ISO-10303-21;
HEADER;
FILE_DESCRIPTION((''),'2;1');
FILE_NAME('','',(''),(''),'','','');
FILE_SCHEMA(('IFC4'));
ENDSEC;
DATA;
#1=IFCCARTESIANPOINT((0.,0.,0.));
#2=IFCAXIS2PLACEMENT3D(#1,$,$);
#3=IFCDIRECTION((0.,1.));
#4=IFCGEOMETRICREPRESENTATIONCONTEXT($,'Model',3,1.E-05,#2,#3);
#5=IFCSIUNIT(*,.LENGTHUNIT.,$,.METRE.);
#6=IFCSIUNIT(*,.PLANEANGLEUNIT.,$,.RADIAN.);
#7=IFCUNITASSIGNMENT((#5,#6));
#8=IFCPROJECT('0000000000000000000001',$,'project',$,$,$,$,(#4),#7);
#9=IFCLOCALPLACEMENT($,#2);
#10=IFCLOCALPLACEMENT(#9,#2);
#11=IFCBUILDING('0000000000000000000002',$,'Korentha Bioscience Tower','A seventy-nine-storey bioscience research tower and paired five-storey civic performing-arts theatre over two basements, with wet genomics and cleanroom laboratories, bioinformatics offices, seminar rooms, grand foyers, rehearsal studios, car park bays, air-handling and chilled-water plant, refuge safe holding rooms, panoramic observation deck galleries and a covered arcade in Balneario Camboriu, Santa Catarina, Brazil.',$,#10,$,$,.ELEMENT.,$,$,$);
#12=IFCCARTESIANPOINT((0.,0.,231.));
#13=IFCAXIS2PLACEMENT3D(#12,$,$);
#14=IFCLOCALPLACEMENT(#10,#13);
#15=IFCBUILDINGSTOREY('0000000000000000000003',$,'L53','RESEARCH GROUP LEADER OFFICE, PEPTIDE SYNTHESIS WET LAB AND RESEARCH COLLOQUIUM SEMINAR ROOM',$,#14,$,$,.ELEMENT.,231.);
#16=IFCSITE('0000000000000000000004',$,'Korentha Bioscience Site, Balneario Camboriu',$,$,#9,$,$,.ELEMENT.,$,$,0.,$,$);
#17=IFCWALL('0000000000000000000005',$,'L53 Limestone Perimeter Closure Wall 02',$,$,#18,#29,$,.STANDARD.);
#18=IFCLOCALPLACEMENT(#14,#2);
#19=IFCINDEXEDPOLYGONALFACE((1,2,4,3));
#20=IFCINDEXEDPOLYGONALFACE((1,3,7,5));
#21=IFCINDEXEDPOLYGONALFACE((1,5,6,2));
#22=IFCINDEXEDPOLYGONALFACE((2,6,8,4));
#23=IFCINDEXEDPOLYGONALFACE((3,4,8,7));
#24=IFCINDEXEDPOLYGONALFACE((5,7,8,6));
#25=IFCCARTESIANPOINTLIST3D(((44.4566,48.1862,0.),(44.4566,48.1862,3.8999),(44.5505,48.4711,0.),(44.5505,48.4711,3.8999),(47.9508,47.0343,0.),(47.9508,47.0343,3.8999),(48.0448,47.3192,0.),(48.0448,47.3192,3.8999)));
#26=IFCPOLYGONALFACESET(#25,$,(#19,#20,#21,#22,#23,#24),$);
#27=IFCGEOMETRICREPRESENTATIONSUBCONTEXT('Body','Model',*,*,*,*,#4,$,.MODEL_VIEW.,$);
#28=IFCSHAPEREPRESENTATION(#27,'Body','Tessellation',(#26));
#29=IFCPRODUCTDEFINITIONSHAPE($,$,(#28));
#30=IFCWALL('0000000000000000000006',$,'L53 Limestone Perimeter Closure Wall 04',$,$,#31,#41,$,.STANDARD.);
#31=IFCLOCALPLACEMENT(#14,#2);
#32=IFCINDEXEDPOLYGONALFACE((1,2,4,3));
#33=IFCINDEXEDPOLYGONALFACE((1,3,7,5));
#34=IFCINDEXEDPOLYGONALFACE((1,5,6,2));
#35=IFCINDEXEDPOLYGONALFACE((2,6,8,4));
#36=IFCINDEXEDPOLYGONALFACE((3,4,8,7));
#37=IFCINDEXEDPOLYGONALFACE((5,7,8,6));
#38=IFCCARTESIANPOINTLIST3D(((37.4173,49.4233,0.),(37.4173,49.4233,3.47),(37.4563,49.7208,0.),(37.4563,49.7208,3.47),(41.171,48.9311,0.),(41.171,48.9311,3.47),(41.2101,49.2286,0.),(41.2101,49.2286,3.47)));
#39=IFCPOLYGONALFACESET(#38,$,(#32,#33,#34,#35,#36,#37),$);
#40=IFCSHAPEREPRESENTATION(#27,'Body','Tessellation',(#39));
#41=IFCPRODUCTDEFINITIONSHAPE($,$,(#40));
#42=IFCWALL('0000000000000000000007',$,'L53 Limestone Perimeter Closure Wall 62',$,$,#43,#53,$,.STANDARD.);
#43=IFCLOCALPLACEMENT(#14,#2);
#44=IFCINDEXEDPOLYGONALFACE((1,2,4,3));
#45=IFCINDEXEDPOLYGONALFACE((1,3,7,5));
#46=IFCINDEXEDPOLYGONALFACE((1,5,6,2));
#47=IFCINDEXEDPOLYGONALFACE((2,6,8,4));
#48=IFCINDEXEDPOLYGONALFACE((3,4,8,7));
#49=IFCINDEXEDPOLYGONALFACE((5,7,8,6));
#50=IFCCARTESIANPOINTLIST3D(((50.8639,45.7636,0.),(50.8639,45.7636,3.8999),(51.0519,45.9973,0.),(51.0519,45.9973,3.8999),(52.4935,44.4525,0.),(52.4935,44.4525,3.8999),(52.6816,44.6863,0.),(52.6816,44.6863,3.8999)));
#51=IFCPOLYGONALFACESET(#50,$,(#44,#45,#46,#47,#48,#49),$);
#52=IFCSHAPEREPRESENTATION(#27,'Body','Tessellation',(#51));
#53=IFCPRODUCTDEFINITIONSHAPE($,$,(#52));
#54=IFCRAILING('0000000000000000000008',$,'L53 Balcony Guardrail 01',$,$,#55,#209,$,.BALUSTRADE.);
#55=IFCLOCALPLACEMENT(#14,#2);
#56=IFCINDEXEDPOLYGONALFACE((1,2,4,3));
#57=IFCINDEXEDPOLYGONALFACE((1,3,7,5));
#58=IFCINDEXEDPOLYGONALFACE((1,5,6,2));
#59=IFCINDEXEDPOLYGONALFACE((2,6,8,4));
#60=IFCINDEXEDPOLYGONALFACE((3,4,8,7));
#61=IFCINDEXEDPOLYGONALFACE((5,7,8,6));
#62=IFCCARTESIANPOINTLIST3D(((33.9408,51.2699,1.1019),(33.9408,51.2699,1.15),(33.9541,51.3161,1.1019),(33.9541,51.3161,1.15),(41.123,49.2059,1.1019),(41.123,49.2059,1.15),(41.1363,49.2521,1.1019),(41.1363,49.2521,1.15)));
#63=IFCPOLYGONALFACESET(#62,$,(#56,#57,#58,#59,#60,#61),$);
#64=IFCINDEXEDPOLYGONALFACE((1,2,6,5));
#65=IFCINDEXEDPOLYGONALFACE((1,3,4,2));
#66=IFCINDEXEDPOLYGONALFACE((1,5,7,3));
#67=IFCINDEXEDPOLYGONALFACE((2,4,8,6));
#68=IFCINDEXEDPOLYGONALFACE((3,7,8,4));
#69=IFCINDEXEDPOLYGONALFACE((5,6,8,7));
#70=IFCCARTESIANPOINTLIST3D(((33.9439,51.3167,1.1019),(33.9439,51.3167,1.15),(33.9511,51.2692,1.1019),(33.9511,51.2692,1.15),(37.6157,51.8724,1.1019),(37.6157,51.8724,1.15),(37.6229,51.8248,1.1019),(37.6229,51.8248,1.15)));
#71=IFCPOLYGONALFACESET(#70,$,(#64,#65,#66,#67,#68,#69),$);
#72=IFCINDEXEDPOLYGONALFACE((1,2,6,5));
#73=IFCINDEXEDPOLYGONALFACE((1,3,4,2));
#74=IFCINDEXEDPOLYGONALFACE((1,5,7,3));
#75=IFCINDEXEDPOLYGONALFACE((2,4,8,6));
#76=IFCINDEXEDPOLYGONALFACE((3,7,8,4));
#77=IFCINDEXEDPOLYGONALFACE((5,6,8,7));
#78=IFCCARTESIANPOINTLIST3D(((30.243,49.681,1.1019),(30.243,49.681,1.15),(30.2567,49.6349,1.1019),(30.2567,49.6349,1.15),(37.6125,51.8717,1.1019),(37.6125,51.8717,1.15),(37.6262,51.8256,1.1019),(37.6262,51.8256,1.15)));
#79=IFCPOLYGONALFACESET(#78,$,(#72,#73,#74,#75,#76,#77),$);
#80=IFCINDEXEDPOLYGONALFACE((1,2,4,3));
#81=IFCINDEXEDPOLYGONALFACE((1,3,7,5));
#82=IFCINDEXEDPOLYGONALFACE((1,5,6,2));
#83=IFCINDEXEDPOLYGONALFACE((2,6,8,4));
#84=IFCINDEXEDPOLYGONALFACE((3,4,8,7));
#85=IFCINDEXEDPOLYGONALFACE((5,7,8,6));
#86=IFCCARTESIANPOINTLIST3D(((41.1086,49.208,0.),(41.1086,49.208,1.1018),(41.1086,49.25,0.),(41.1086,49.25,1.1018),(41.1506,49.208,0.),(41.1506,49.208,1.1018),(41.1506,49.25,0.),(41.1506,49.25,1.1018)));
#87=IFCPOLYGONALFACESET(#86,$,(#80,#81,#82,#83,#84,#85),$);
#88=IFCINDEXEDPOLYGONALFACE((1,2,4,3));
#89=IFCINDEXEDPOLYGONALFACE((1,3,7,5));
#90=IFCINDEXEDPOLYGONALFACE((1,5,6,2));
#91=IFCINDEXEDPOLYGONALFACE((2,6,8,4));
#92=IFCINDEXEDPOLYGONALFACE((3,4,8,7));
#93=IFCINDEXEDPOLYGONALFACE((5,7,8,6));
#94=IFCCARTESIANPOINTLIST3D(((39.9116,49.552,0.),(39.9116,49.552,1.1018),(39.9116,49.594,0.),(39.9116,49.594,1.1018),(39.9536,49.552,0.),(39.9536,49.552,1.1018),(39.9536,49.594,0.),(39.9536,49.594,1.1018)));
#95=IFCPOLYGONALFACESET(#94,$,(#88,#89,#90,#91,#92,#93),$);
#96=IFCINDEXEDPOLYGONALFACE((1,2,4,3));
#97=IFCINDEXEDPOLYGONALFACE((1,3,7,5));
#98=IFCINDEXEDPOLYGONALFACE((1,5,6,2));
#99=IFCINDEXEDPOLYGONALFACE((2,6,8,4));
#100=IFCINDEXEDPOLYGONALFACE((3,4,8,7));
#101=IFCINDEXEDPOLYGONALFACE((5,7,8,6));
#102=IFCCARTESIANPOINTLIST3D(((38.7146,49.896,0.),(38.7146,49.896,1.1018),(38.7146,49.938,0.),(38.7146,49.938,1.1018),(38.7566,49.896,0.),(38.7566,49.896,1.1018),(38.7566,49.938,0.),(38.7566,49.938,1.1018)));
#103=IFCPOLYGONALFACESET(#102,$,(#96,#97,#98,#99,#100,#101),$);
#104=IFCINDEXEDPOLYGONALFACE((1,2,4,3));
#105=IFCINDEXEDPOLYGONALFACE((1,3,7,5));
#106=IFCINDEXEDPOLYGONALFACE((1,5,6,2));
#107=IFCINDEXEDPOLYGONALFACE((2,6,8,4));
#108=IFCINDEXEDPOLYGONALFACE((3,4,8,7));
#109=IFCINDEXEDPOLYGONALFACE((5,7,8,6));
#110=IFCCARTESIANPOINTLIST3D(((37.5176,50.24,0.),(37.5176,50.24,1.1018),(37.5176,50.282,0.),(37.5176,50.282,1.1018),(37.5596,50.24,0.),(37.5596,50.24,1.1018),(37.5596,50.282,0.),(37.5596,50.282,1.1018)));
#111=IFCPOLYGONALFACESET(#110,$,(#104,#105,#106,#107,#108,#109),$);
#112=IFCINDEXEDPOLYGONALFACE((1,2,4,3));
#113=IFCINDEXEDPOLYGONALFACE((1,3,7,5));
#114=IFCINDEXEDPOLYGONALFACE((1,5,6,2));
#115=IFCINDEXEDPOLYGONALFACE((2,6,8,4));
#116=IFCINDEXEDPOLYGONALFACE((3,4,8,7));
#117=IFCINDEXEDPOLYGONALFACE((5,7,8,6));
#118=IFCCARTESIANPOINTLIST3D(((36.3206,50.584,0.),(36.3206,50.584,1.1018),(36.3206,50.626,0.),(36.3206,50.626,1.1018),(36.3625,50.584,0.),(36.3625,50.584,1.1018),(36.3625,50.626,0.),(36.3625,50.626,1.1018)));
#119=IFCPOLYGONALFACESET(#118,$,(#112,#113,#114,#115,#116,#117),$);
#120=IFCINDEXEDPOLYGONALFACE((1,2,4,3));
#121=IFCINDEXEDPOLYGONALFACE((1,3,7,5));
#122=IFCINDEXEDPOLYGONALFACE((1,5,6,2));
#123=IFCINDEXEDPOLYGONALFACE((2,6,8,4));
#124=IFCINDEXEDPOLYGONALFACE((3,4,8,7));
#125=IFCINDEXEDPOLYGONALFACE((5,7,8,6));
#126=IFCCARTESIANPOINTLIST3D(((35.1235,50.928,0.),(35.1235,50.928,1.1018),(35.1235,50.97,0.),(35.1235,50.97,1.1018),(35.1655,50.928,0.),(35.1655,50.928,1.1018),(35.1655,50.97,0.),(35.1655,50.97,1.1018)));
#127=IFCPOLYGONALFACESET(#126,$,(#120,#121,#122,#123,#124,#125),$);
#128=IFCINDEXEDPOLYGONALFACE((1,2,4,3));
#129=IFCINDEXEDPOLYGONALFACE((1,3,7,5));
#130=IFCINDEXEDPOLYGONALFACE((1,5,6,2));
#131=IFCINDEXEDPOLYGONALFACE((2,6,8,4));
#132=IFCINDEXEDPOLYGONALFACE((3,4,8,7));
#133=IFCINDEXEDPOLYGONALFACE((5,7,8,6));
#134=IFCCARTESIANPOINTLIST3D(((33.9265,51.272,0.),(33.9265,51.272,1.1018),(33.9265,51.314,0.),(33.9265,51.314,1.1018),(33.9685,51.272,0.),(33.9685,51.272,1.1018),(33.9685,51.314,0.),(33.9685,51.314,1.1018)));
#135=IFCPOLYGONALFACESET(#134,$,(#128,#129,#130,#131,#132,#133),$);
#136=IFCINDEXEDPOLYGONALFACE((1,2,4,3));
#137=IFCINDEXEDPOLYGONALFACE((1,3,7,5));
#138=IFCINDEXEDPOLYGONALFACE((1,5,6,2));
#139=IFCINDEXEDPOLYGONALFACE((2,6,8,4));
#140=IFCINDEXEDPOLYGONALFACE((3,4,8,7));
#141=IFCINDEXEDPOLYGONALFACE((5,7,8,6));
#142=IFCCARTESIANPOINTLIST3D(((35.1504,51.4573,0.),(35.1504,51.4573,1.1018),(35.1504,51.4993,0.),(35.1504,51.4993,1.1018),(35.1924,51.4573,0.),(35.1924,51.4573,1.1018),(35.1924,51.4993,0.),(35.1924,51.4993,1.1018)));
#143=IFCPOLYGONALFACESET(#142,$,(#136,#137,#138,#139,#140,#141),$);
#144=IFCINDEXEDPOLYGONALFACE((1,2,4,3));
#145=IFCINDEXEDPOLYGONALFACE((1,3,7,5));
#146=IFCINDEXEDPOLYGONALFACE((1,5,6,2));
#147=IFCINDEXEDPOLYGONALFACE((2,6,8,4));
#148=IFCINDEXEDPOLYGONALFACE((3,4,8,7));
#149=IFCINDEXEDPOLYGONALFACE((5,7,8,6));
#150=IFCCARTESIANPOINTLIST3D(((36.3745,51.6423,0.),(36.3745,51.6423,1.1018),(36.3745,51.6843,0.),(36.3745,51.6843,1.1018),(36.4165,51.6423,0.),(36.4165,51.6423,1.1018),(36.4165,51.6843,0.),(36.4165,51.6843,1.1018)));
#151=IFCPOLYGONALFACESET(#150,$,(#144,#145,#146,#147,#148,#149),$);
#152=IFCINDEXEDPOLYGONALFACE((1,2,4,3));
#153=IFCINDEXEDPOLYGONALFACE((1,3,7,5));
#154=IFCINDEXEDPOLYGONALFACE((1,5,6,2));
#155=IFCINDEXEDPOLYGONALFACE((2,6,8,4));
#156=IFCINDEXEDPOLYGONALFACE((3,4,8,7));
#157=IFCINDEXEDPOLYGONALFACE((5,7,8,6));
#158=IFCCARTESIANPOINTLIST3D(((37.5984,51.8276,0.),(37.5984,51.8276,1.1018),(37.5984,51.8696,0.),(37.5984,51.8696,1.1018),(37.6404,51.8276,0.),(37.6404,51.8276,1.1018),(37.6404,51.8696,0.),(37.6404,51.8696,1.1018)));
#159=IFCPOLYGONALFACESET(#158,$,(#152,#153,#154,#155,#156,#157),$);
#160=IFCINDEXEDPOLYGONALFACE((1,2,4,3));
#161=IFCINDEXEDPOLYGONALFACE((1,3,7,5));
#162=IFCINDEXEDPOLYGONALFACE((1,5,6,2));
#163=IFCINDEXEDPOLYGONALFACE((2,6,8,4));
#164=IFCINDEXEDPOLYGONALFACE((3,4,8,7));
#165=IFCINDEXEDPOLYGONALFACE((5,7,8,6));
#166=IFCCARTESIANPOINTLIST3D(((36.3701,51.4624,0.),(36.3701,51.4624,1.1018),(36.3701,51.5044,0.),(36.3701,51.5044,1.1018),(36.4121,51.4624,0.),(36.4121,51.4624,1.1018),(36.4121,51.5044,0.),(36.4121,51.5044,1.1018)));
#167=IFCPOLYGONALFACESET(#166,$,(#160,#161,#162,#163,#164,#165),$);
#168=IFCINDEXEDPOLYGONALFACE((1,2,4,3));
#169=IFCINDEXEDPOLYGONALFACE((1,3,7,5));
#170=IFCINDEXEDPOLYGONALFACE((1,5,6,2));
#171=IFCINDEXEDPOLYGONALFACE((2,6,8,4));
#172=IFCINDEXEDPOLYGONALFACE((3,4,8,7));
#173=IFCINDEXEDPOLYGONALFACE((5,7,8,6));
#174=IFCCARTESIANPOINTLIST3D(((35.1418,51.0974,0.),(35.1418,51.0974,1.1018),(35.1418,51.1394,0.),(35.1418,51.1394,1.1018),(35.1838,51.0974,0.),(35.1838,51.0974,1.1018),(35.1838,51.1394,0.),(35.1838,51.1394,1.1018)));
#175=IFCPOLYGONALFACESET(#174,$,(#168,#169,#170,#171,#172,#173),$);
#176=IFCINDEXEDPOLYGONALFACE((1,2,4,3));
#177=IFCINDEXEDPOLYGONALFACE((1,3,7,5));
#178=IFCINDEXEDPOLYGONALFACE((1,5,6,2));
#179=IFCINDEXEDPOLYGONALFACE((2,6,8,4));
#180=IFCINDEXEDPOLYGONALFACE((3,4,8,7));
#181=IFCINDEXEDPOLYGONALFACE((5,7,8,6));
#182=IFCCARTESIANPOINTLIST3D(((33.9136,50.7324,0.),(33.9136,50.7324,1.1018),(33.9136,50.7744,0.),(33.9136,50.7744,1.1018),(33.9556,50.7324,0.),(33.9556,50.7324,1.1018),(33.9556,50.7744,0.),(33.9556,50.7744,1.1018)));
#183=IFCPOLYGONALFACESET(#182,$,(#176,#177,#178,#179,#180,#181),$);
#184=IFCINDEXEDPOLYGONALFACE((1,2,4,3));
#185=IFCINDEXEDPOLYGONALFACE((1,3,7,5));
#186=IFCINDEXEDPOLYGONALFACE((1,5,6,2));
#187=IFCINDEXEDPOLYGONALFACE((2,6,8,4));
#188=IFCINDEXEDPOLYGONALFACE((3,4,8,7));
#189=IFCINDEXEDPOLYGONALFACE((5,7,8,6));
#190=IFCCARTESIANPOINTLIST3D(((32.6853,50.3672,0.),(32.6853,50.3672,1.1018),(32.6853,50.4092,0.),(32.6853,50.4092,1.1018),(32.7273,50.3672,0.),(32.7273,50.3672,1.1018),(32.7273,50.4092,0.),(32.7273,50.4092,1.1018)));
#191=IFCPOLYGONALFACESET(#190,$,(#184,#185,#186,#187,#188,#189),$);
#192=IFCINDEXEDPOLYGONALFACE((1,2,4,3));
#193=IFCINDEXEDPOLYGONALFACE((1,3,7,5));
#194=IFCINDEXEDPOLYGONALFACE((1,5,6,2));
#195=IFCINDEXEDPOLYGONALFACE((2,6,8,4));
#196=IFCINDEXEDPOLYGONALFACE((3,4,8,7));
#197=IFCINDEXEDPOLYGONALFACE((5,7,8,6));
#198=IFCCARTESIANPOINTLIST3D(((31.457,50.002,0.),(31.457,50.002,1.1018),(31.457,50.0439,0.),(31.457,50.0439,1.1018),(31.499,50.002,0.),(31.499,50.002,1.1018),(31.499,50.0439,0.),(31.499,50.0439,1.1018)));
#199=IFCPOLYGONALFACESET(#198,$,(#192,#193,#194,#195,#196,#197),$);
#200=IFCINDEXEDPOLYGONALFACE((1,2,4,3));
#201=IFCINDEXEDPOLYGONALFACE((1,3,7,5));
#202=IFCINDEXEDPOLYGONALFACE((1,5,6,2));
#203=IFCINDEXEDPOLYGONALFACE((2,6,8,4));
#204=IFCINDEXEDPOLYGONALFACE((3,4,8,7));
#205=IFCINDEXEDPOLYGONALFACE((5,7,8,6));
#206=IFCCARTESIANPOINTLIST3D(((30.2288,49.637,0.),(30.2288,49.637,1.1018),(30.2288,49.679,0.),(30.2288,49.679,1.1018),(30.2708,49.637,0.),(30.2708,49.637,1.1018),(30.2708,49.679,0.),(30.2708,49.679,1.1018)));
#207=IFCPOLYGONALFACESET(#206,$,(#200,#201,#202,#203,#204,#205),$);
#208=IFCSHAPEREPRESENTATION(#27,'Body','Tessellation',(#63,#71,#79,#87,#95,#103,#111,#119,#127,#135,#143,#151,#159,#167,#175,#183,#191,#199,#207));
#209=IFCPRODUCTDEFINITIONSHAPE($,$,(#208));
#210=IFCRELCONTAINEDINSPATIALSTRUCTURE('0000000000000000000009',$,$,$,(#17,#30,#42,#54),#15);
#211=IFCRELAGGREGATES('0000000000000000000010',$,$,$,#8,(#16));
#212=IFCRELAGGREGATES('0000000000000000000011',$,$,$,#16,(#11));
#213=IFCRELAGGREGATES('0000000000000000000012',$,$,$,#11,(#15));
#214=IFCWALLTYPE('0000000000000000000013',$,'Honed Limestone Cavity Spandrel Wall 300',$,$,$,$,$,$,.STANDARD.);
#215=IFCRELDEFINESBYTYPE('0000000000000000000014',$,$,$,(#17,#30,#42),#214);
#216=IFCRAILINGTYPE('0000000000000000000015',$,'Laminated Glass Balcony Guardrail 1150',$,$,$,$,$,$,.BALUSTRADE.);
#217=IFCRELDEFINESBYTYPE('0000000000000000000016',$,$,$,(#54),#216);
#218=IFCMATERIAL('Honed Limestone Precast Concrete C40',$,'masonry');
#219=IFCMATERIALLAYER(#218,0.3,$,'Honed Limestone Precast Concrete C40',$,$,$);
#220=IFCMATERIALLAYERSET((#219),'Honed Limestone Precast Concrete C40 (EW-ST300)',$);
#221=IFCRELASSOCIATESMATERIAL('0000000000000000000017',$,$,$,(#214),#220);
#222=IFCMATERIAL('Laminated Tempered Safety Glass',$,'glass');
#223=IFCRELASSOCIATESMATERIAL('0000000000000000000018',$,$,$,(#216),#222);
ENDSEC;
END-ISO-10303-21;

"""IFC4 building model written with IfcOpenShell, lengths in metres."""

from ifc_helpers import new_model, si_unit, direction, frame, frame_2d, origin, origin_2d, place, context, subcontext, project, spatial, rectangle, extrude, material, layer, layer_set, type_object, element, save


model = new_model("IFC4")

# Units and contexts
model_context = context("Model", 3, precision=1e-05, world=origin(), true_north=direction((0.0, 1.0)))
body_context = subcontext(model_context, "Body", "Model", "MODEL_VIEW")
ifc_project = project(units=[si_unit("LENGTHUNIT", "METRE"), si_unit("PLANEANGLEUNIT", "RADIAN")], contexts=[model_context])

# Site, building, storey
site_placement = place(None, origin())
site = spatial("IfcSite", under=ifc_project, at=site_placement, Name="Korentha Bioscience Site, Balneario Camboriu", CompositionType="ELEMENT", RefElevation=0.0)
building_placement = place(site_placement, origin())
building = spatial("IfcBuilding", under=site, at=building_placement, Name="Korentha Bioscience Tower", Description="A seventy-nine-storey bioscience research tower and paired five-storey civic performing-arts theatre over two basements, with wet genomics and cleanroom laboratories, bioinformatics offices, seminar rooms, grand foyers, rehearsal studios, car park bays, air-handling and chilled-water plant, refuge safe holding rooms, panoramic observation deck galleries and a covered arcade in Balneario Camboriu, Santa Catarina, Brazil.", CompositionType="ELEMENT")
storey_placement = place(building_placement, frame((0.0, 0.0, 231.0)))
storey = spatial("IfcBuildingStorey", under=building, at=storey_placement, Name="L53", Description="RESEARCH GROUP LEADER OFFICE, PEPTIDE SYNTHESIS WET LAB AND RESEARCH COLLOQUIUM SEMINAR ROOM", CompositionType="ELEMENT", Elevation=231.0)

# Shared definitions
ifc_material_1 = material(Name="Honed Limestone Precast Concrete C40", Category="masonry")
ifc_layer_1 = layer(ifc_material_1, 0.3, Name="Honed Limestone Precast Concrete C40")
ifc_layer_set_1 = layer_set([ifc_layer_1], Name="Honed Limestone Precast Concrete C40 (EW-ST300)")
wall_type = type_object("IfcWallType", Name="Honed Limestone Cavity Spandrel Wall 300", PredefinedType="STANDARD", material=ifc_layer_set_1)

# Walls
wall_1_placement = place(storey_placement, frame((47.9978, 47.1768, 0.0), z_axis=(0.0, 0.0, 1.0), x_axis=(-0.949727, 0.313081, 0.0)))
element("IfcWall", 1, at=wall_1_placement, inside=storey, type_object=wall_type, Name="L53 Limestone Perimeter Closure Wall 02", PredefinedType="STANDARD", context=body_context, shape_type="SweptSolid", body=[
    extrude(rectangle(XDim=3.6792, YDim=0.3, at=frame_2d((1.8396, 0.0))), origin(), (0.0, 0.0, 1.0), 3.8999),
])
wall_2_placement = place(storey_placement, frame((41.1907, 49.0798, 0.0), z_axis=(0.0, 0.0, 1.0), x_axis=(-0.991513, 0.130009, 0.0)))
element("IfcWall", 2, at=wall_2_placement, inside=storey, type_object=wall_type, Name="L53 Limestone Perimeter Closure Wall 04", PredefinedType="STANDARD", context=body_context, shape_type="SweptSolid", body=[
    extrude(rectangle(XDim=3.7859, YDim=0.3, at=frame_2d((1.8931, 0.0))), origin(), (0.0, 0.0, 1.0), 3.47),
])
wall_3_placement = place(storey_placement, frame((52.5876, 44.5693, 0.0), z_axis=(0.0, 0.0, 1.0), x_axis=(-0.779158, 0.626828, 0.0)))
element("IfcWall", 3, at=wall_3_placement, inside=storey, type_object=wall_type, Name="L53 Limestone Perimeter Closure Wall 62", PredefinedType="STANDARD", context=body_context, shape_type="SweptSolid", body=[
    extrude(rectangle(XDim=2.0916, YDim=0.3, at=frame_2d((1.0459, 0.0))), origin(), (0.0, 0.0, 1.0), 3.8999),
])

# Railing
ifc_material_2 = material(Name="Laminated Tempered Safety Glass", Category="glass")
railing_type = type_object("IfcRailingType", Name="Laminated Glass Balcony Guardrail 1150", PredefinedType="BALUSTRADE", material=ifc_material_2)
railing_placement = place(storey_placement, frame((41.1296, 49.229, 0.0)))
element("IfcRailing", 4, at=railing_placement, inside=storey, type_object=railing_type, Name="L53 Balcony Guardrail 01", PredefinedType="BALUSTRADE", context=body_context, shape_type="SweptSolid", body=[
    extrude(rectangle(XDim=0.0481, YDim=0.0481, at=origin_2d()), frame((0.0, 0.0, 1.126), z_axis=(-0.961101, 0.276197, 0.0), x_axis=(-0.276197, -0.961101, 0.0)), (0.0, 0.0, 1.0), 7.4729),
    extrude(rectangle(XDim=0.0481, YDim=0.0481, at=origin_2d()), frame((-7.1821, 2.064, 1.126), z_axis=(0.988743, 0.149626, 0.0), x_axis=(-0.149626, 0.988743, 0.0)), (0.0, 0.0, 1.0), 3.7136),
    extrude(rectangle(XDim=0.0481, YDim=0.0481, at=origin_2d()), frame((-3.5103, 2.6196, 1.126), z_axis=(-0.958547, -0.284935, 0.0), x_axis=(0.284935, -0.958547, 0.0)), (0.0, 0.0, 1.0), 7.6882),
    extrude(rectangle(XDim=0.042, YDim=0.042, at=origin_2d()), origin(), (0.0, 0.0, 1.0), 1.1018),
    extrude(rectangle(XDim=0.042, YDim=0.042, at=origin_2d()), frame((-1.197, 0.344, 0.0)), (0.0, 0.0, 1.0), 1.1018),
    extrude(rectangle(XDim=0.042, YDim=0.042, at=origin_2d()), frame((-2.394, 0.688, 0.0)), (0.0, 0.0, 1.0), 1.1018),
    extrude(rectangle(XDim=0.042, YDim=0.042, at=origin_2d()), frame((-3.5911, 1.032, 0.0)), (0.0, 0.0, 1.0), 1.1018),
    extrude(rectangle(XDim=0.042, YDim=0.042, at=origin_2d()), frame((-4.7881, 1.376, 0.0)), (0.0, 0.0, 1.0), 1.1018),
    extrude(rectangle(XDim=0.042, YDim=0.042, at=origin_2d()), frame((-5.9851, 1.72, 0.0)), (0.0, 0.0, 1.0), 1.1018),
    extrude(rectangle(XDim=0.042, YDim=0.042, at=origin_2d()), frame((-7.1821, 2.064, 0.0)), (0.0, 0.0, 1.0), 1.1018),
    extrude(rectangle(XDim=0.042, YDim=0.042, at=origin_2d()), frame((-5.9583, 2.2493, 0.0)), (0.0, 0.0, 1.0), 1.1018),
    extrude(rectangle(XDim=0.042, YDim=0.042, at=origin_2d()), frame((-4.7341, 2.4343, 0.0)), (0.0, 0.0, 1.0), 1.1018),
    extrude(rectangle(XDim=0.042, YDim=0.042, at=origin_2d()), frame((-3.5103, 2.6196, 0.0)), (0.0, 0.0, 1.0), 1.1018),
    extrude(rectangle(XDim=0.042, YDim=0.042, at=origin_2d()), frame((-4.7385, 2.2544, 0.0)), (0.0, 0.0, 1.0), 1.1018),
    extrude(rectangle(XDim=0.042, YDim=0.042, at=origin_2d()), frame((-5.9668, 1.8894, 0.0)), (0.0, 0.0, 1.0), 1.1018),
    extrude(rectangle(XDim=0.042, YDim=0.042, at=origin_2d()), frame((-7.1951, 1.5244, 0.0)), (0.0, 0.0, 1.0), 1.1018),
    extrude(rectangle(XDim=0.042, YDim=0.042, at=origin_2d()), frame((-8.4233, 1.1592, 0.0)), (0.0, 0.0, 1.0), 1.1018),
    extrude(rectangle(XDim=0.042, YDim=0.042, at=origin_2d()), frame((-9.6516, 0.7939, 0.0)), (0.0, 0.0, 1.0), 1.1018),
    extrude(rectangle(XDim=0.042, YDim=0.042, at=origin_2d()), frame((-10.8799, 0.429, 0.0)), (0.0, 0.0, 1.0), 1.1018),
])

save(model, "model.ifc")
